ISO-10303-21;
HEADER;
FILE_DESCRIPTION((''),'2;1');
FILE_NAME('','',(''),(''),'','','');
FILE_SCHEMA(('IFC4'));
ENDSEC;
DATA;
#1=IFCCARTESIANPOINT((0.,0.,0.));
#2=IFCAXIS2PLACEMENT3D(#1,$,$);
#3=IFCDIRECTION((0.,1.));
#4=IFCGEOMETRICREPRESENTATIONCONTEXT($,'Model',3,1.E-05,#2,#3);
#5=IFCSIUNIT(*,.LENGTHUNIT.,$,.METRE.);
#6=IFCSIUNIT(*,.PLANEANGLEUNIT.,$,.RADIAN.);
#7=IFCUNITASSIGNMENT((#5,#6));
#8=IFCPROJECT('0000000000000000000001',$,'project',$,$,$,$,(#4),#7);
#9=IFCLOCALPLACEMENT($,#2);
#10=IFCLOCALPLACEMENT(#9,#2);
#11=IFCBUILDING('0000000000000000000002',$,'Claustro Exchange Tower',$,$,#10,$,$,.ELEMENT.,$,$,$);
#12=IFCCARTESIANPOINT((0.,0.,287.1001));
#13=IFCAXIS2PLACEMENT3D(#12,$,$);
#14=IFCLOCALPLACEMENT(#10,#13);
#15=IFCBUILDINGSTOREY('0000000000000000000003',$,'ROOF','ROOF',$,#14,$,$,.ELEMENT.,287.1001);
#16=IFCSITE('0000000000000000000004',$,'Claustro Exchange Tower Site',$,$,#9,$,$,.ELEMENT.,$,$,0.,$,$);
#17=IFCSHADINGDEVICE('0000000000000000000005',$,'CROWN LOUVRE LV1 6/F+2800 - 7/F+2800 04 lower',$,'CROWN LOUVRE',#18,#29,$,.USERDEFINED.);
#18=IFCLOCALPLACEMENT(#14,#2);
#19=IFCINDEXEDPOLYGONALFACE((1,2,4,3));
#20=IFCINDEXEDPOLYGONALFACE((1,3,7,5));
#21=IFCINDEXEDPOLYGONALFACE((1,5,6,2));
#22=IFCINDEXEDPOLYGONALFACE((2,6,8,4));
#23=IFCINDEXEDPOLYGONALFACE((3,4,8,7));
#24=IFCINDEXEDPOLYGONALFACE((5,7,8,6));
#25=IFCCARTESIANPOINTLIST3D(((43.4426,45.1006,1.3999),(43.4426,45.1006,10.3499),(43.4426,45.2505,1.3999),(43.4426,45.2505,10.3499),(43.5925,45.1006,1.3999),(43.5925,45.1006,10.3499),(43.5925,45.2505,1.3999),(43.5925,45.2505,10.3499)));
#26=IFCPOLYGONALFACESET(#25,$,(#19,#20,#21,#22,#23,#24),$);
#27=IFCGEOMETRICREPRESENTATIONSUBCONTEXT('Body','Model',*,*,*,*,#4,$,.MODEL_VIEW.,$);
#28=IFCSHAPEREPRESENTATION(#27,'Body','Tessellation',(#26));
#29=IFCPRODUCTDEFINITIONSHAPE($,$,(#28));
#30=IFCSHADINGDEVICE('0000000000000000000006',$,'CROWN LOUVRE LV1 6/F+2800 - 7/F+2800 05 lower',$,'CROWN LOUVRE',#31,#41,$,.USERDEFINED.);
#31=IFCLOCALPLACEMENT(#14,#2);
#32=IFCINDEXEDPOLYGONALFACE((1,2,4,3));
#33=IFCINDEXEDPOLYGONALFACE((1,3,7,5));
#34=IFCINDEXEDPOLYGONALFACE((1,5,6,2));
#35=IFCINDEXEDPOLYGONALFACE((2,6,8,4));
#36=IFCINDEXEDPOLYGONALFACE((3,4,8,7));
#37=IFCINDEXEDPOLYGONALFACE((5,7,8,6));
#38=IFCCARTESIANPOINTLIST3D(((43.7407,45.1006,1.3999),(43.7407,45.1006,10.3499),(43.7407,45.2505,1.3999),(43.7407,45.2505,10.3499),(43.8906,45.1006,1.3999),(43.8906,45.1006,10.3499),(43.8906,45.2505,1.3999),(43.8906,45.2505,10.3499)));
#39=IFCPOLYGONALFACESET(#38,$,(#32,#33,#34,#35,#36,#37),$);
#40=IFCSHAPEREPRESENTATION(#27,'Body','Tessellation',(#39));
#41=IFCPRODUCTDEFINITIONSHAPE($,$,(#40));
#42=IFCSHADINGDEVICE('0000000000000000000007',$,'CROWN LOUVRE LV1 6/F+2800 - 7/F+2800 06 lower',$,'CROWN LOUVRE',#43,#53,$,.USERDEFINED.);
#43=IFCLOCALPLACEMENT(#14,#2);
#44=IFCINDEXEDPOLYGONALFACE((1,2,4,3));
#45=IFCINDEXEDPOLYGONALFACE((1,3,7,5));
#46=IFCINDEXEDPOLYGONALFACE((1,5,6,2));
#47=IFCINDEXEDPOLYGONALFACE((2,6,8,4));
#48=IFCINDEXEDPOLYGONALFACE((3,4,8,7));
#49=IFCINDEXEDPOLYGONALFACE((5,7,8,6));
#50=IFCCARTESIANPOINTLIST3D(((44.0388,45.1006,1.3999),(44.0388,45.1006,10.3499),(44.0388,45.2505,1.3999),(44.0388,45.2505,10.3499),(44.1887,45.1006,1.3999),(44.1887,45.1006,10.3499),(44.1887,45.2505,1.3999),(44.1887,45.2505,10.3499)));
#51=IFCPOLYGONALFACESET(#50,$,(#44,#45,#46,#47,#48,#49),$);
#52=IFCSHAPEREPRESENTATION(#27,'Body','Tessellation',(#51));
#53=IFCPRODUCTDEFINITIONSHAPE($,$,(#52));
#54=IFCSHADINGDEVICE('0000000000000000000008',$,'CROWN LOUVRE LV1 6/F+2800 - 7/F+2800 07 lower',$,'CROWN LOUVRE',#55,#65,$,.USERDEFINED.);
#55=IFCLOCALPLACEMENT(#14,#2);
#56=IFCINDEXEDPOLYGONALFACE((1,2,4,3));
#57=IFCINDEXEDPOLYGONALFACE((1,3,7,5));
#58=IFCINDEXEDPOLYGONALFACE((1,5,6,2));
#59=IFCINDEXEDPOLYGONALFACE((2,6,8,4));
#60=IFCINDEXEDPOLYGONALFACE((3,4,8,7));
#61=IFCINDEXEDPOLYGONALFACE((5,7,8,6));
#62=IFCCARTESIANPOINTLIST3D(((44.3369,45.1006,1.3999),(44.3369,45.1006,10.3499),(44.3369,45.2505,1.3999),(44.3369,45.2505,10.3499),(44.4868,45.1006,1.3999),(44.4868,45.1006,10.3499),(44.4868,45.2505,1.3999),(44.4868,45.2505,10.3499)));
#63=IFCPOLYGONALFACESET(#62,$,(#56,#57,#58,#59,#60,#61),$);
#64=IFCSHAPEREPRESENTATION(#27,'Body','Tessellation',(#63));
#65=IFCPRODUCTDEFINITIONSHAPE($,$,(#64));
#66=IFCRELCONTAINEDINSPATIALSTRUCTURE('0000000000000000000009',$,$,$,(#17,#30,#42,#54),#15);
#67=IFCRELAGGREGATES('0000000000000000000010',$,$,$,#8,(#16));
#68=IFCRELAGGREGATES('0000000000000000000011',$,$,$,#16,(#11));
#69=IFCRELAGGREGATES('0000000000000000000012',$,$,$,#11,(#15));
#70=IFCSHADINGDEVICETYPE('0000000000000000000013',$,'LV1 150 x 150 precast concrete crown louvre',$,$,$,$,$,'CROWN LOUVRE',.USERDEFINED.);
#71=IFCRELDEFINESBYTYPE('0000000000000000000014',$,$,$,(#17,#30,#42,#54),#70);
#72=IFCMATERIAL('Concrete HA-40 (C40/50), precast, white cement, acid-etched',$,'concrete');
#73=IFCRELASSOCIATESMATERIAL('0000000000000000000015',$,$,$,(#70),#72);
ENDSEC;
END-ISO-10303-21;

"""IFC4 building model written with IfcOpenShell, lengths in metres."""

from ifc_helpers import new_model, si_unit, direction, frame, origin, origin_2d, place, context, subcontext, project, spatial, rectangle, extrude, material, type_object, element, save


model = new_model("IFC4")

# Units and contexts
model_context = context("Model", 3, precision=1e-05, world=origin(), true_north=direction((0.0, 1.0)))
body_context = subcontext(model_context, "Body", "Model", "MODEL_VIEW")
ifc_project = project(units=[si_unit("LENGTHUNIT", "METRE"), si_unit("PLANEANGLEUNIT", "RADIAN")], contexts=[model_context])

# Site, building, storey
site_placement = place(None, origin())
site = spatial("IfcSite", under=ifc_project, at=site_placement, Name="Claustro Exchange Tower Site", CompositionType="ELEMENT", RefElevation=0.0)
building_placement = place(site_placement, origin())
building = spatial("IfcBuilding", under=site, at=building_placement, Name="Claustro Exchange Tower", CompositionType="ELEMENT")
storey_placement = place(building_placement, frame((0.0, 0.0, 287.1001)))
storey = spatial("IfcBuildingStorey", under=building, at=storey_placement, Name="ROOF", Description="ROOF", CompositionType="ELEMENT", Elevation=287.1001)

# Shading devices
ifc_material_1 = material(Name="Concrete HA-40 (C40/50), precast, white cement, acid-etched", Category="concrete")
shading_device_type = type_object("IfcShadingDeviceType", Name="LV1 150 x 150 precast concrete crown louvre", ElementType="CROWN LOUVRE", PredefinedType="USERDEFINED", material=ifc_material_1)
for number, where, z_axis, x_axis, name in (
    (1, (43.5176, 45.1755, 1.3999), (0.0, 0.0, 1.0), (1.0, 0.0, 0.0), "CROWN LOUVRE LV1 6/F+2800 - 7/F+2800 04 lower"),
    (2, (43.8157, 45.1755, 1.3999), (0.0, 0.0, 1.0), (1.0, 0.0, 0.0), "CROWN LOUVRE LV1 6/F+2800 - 7/F+2800 05 lower"),
    (3, (44.1138, 45.1755, 1.3999), (0.0, 0.0, 1.0), (1.0, 0.0, 0.0), "CROWN LOUVRE LV1 6/F+2800 - 7/F+2800 06 lower"),
    (4, (44.4119, 45.1755, 1.3999), (0.0, 0.0, 1.0), (1.0, 0.0, 0.0), "CROWN LOUVRE LV1 6/F+2800 - 7/F+2800 07 lower"),
):
    element("IfcShadingDevice", number, at=place(storey_placement, frame(where, z_axis=z_axis, x_axis=x_axis)), inside=storey, type_object=shading_device_type, Name=name, ObjectType="CROWN LOUVRE", PredefinedType="USERDEFINED", context=body_context, shape_type="SweptSolid", body=[
        extrude(rectangle(XDim=0.1499, YDim=0.1499, at=origin_2d()), origin(), (0.0, 0.0, 1.0), 8.95),
    ])

save(model, "model.ifc")
